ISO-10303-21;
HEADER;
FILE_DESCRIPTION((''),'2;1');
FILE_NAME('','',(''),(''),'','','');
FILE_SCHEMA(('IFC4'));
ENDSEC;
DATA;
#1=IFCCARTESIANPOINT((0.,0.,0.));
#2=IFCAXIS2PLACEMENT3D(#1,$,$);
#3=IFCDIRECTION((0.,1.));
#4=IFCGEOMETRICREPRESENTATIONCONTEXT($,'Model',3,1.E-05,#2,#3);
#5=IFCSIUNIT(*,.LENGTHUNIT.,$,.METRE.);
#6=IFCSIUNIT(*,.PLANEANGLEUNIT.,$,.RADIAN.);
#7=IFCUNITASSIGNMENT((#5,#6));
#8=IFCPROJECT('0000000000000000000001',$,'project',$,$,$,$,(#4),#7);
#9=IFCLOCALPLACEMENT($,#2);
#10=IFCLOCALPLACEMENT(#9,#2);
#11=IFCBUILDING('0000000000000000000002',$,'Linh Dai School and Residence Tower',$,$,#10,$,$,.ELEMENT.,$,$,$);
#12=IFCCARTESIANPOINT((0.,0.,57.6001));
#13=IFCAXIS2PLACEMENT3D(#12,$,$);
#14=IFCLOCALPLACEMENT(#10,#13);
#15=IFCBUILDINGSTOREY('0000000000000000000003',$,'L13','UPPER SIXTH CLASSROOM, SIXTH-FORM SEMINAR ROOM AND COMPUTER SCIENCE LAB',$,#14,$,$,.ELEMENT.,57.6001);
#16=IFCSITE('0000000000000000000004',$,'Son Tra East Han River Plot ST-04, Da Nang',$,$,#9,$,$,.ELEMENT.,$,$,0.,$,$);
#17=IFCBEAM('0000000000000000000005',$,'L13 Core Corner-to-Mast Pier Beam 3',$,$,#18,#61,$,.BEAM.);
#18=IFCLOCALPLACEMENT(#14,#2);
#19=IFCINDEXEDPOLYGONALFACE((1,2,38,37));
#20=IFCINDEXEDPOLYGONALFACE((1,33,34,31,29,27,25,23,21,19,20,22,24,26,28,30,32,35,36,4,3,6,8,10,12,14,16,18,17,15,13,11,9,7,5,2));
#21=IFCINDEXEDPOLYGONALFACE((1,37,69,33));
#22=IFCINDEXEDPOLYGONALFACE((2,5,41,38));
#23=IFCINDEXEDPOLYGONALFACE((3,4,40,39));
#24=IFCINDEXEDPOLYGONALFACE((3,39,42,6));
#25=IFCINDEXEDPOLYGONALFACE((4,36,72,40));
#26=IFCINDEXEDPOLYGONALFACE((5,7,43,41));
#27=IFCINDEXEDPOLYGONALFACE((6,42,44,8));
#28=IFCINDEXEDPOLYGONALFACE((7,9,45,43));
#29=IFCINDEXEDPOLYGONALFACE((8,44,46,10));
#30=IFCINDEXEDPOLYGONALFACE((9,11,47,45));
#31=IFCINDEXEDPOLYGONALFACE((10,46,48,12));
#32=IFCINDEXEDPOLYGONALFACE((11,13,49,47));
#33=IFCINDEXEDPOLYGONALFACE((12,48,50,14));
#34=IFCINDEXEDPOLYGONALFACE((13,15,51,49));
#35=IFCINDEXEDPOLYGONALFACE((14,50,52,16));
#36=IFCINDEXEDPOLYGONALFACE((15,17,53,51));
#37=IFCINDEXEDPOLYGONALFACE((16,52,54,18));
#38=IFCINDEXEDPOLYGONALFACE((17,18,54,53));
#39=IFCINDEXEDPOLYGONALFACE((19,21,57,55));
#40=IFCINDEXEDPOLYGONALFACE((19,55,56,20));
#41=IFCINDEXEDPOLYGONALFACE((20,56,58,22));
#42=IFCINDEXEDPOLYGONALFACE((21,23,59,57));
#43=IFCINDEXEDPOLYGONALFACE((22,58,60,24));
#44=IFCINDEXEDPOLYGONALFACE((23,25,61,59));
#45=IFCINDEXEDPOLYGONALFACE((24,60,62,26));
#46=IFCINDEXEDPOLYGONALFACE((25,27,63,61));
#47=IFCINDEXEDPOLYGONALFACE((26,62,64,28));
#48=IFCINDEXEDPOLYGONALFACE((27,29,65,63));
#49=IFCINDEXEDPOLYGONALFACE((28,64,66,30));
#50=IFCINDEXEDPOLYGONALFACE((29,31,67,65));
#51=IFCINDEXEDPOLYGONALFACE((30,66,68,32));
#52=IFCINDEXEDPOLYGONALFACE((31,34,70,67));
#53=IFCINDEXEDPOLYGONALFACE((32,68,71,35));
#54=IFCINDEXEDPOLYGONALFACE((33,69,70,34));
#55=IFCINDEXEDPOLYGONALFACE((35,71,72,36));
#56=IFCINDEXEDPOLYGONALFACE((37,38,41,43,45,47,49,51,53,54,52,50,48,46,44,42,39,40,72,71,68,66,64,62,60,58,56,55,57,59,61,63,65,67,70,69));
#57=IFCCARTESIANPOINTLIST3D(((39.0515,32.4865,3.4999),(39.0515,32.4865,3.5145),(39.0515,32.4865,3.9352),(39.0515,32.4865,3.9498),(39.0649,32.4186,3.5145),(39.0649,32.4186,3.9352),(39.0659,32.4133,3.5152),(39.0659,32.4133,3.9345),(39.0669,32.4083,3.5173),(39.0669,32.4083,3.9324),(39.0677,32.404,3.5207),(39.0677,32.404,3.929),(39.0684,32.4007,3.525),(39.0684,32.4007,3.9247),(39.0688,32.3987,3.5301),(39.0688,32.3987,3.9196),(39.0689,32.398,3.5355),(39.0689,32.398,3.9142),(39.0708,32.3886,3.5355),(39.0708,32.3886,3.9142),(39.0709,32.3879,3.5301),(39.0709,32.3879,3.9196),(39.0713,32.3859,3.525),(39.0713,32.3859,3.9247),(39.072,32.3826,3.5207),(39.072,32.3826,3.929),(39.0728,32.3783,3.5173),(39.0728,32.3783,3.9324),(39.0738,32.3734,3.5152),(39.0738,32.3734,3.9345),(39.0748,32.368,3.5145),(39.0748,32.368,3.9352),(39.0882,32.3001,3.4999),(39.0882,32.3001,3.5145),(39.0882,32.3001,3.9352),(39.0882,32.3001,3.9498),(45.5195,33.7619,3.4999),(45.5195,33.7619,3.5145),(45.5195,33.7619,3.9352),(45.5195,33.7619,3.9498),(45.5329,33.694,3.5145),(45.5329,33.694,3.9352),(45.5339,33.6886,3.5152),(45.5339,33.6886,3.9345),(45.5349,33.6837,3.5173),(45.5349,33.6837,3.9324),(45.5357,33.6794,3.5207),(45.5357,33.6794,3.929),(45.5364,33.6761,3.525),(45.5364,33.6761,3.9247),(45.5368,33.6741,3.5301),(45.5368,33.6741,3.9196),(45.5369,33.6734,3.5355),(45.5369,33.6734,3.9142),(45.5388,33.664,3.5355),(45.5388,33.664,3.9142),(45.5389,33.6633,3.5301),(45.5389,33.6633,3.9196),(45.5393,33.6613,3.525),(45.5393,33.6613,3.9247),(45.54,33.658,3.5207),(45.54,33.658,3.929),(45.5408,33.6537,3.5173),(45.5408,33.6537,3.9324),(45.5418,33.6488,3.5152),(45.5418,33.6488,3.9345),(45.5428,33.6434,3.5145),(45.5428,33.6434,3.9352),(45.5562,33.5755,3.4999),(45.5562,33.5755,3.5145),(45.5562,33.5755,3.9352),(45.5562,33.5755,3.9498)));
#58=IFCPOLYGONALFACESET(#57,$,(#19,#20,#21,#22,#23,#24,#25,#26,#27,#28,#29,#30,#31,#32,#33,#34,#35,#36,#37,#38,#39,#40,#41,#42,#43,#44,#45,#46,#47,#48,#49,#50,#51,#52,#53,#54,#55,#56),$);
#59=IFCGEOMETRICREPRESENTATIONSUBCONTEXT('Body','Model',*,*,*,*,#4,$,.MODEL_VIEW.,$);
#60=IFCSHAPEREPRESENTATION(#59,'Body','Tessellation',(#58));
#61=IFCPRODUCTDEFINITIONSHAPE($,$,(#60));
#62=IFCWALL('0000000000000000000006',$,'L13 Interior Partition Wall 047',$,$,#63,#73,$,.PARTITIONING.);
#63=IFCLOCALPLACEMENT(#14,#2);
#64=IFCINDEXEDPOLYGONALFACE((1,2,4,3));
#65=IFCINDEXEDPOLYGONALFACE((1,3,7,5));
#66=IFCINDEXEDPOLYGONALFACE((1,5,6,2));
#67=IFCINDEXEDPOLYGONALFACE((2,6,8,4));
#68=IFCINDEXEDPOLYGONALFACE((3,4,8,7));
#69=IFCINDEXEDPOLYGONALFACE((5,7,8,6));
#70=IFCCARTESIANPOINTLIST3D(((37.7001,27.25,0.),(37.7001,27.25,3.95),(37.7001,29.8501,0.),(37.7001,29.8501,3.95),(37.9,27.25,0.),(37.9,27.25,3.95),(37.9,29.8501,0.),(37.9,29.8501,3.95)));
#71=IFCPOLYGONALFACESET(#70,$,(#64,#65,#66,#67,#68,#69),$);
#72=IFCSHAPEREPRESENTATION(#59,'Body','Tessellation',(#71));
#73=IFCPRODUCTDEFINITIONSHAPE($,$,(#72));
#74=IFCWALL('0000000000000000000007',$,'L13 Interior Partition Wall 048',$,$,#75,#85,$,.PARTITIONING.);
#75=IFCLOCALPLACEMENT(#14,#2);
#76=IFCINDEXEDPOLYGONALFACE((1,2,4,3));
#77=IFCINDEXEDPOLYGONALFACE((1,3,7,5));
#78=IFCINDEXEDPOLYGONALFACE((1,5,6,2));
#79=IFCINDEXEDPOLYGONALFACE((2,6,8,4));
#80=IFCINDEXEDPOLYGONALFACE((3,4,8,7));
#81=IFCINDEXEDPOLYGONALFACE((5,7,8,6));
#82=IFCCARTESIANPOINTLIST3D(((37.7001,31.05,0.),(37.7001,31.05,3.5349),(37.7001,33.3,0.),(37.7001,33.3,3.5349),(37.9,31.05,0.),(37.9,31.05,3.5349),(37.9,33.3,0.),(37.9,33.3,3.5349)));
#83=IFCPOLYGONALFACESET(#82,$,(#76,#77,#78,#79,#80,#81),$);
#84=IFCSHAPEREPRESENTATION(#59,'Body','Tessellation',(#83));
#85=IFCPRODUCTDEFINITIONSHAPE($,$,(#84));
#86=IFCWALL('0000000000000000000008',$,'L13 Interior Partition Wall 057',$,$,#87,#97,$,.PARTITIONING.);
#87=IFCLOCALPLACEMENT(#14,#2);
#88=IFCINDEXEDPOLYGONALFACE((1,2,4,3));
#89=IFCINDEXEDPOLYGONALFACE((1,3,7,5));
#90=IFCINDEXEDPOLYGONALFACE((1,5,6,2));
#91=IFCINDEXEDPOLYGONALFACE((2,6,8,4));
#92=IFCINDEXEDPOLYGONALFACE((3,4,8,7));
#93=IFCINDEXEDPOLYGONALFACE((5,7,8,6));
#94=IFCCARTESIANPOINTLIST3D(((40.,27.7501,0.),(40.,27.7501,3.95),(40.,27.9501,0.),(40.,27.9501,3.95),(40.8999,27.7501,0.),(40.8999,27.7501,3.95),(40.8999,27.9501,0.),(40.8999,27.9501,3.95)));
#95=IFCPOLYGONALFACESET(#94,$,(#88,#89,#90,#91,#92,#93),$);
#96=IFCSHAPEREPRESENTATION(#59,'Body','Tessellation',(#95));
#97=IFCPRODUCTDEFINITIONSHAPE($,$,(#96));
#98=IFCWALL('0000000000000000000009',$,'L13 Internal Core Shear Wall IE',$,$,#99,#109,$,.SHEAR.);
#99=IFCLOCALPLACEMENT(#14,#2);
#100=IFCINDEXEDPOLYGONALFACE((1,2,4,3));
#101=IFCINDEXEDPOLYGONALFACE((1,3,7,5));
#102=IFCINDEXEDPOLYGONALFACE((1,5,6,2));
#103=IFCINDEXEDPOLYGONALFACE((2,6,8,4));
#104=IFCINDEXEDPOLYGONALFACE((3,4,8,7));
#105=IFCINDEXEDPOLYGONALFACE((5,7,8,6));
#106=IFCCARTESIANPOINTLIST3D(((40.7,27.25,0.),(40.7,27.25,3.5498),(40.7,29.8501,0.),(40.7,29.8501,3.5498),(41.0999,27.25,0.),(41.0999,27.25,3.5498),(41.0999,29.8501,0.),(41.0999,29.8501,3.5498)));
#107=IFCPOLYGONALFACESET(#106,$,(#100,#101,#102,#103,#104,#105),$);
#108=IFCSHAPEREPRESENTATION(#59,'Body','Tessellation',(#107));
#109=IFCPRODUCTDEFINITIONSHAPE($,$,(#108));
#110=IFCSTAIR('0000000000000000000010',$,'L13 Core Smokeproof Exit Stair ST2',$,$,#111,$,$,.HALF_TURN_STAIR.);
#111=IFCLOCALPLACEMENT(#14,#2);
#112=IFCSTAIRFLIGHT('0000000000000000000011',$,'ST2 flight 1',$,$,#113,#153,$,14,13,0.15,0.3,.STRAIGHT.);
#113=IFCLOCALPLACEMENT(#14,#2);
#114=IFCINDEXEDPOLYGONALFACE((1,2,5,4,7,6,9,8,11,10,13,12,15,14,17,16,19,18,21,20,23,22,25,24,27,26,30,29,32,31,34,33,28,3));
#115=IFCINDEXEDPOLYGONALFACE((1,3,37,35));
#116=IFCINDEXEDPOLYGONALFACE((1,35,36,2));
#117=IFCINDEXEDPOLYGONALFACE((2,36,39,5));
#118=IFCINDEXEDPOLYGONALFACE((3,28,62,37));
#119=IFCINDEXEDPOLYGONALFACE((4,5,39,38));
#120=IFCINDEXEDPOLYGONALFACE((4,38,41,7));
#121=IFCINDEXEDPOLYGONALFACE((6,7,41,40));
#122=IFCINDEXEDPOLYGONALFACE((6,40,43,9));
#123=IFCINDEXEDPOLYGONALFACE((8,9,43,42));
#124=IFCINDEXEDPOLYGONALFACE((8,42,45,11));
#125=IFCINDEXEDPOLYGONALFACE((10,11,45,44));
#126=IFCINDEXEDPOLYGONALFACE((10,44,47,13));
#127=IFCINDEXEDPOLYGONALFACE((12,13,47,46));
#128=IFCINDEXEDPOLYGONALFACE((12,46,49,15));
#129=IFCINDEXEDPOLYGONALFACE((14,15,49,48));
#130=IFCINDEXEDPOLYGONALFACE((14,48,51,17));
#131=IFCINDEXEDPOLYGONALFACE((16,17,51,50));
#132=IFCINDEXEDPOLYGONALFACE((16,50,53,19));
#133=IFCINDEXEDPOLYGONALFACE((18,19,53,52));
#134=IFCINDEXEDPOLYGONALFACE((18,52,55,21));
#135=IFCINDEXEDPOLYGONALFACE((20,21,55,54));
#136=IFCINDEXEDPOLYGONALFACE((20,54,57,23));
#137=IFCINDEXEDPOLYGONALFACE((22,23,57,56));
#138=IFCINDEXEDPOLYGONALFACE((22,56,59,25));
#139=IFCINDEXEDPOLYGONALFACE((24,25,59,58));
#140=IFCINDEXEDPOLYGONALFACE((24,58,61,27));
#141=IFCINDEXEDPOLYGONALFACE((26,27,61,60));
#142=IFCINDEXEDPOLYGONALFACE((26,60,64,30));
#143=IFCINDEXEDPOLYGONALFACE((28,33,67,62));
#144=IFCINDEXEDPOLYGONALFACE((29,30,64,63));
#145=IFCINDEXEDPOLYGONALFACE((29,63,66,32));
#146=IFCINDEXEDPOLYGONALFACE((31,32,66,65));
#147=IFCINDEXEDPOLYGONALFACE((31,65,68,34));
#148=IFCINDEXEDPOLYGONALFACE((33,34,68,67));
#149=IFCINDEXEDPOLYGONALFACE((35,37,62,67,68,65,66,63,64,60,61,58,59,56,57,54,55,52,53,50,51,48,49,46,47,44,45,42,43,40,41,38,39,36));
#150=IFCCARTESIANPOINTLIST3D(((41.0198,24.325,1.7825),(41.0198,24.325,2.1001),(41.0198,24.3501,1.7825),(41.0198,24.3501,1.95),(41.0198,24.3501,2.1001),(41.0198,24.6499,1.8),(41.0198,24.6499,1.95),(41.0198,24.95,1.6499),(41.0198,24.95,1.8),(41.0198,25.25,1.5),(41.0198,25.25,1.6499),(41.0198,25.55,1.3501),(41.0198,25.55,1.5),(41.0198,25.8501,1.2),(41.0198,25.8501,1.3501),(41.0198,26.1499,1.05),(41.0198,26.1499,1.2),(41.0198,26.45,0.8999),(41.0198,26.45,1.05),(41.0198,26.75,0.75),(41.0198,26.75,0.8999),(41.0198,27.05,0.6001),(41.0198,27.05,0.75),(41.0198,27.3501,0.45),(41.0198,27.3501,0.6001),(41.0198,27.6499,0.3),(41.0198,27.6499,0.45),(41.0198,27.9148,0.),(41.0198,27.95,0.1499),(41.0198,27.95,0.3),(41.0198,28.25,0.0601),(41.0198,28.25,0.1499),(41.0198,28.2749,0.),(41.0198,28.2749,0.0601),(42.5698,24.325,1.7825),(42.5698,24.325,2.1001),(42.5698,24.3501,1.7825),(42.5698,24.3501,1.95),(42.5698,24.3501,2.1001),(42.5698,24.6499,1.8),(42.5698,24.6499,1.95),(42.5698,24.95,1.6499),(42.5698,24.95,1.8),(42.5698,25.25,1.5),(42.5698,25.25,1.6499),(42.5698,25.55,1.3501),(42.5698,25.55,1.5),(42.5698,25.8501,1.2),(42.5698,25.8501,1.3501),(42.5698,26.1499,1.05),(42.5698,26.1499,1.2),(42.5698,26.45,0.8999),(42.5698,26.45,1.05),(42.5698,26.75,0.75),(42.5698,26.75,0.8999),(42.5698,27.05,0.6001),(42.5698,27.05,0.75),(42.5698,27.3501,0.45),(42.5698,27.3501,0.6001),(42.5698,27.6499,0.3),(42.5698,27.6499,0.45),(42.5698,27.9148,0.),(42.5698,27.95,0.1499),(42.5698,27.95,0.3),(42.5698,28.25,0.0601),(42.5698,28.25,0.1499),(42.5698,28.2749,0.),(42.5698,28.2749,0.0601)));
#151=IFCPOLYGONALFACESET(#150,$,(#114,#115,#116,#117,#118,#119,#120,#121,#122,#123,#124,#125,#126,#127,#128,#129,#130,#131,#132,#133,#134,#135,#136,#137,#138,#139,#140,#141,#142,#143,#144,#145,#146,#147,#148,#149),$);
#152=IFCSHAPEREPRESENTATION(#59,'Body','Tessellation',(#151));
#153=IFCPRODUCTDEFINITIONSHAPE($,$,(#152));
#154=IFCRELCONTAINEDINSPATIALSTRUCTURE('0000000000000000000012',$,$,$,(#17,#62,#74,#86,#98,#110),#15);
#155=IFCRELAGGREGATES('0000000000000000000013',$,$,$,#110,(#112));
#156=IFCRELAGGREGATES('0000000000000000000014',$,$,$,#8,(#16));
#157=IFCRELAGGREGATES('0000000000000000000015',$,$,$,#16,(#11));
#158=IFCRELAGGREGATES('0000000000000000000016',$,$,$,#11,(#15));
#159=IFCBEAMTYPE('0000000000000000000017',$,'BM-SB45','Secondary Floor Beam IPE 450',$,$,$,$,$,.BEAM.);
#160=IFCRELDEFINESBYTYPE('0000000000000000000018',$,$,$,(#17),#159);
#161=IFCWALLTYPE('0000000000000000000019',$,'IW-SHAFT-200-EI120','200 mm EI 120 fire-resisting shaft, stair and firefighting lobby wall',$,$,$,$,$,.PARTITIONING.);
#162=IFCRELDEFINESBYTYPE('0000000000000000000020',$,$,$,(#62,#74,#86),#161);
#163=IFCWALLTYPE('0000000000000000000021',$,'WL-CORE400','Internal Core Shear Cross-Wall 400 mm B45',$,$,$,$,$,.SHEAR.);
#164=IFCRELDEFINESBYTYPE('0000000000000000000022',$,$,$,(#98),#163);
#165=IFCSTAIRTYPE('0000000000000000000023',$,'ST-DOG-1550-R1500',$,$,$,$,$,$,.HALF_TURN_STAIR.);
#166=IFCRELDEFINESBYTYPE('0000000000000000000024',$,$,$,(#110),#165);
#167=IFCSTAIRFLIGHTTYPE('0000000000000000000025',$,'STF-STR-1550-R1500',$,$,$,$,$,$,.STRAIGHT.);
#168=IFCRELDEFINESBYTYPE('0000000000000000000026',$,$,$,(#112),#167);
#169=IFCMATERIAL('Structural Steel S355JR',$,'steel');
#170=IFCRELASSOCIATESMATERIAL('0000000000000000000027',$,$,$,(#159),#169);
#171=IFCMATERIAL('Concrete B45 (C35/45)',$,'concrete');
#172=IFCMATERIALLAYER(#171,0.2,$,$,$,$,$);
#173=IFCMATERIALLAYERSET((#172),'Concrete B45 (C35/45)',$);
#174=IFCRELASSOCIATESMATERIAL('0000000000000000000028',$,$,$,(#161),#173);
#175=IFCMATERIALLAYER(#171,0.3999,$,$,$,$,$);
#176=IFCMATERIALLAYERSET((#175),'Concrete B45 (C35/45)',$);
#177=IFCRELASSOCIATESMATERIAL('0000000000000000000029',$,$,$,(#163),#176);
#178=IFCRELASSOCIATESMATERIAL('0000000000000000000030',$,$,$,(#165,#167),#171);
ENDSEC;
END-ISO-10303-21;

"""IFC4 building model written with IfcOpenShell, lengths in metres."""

from ifc_helpers import new_model, si_unit, direction, frame, frame_2d, origin, origin_2d, place, context, subcontext, project, spatial, polyline, rectangle, i_section, outline, extrude, source, transform, mapped, material, layer, layer_set, material_profile, profile_set, type_object, element, aggregate, save


model = new_model("IFC4")

# Units and contexts
model_context = context("Model", 3, precision=1e-05, world=origin(), true_north=direction((0.0, 1.0)))
body_context = subcontext(model_context, "Body", "Model", "MODEL_VIEW")
ifc_project = project(units=[si_unit("LENGTHUNIT", "METRE"), si_unit("PLANEANGLEUNIT", "RADIAN")], contexts=[model_context])

# Site, building, storey
site_placement = place(None, origin())
site = spatial("IfcSite", under=ifc_project, at=site_placement, Name="Son Tra East Han River Plot ST-04, Da Nang", CompositionType="ELEMENT", RefElevation=0.0)
building_placement = place(site_placement, origin())
building = spatial("IfcBuilding", under=site, at=building_placement, Name="Linh Dai School and Residence Tower", CompositionType="ELEMENT")
storey_placement = place(building_placement, frame((0.0, 0.0, 57.6001)))
storey = spatial("IfcBuildingStorey", under=building, at=storey_placement, Name="L13", Description="UPPER SIXTH CLASSROOM, SIXTH-FORM SEMINAR ROOM AND COMPUTER SCIENCE LAB", CompositionType="ELEMENT", Elevation=57.6001)

# Shared definitions
ifc_material_1 = material(Name="Structural Steel S355JR", Category="steel")

# Beam
ifc_material_profile_1 = material_profile(ifc_material_1, i_section(OverallWidth=0.1899, OverallDepth=0.45, WebThickness=0.0095, FlangeThickness=0.0146, FilletRadius=0.021, at=origin_2d()), Name="IPE 450")
ifc_profile_set_1 = profile_set([ifc_material_profile_1], Name="Structural Steel S355JR")
beam_type_1 = type_object("IfcBeamType", Name="BM-SB45", Description="Secondary Floor Beam IPE 450", PredefinedType="BEAM", material=ifc_profile_set_1)
beam_1_placement = place(storey_placement, frame((45.5378, 33.6687, 3.7249), z_axis=(-0.981108, -0.193459, 0.0), x_axis=(0.193459, -0.981108, 0.0)))
element("IfcBeam", 1, at=beam_1_placement, inside=storey, type_object=beam_type_1, Name="L13 Core Corner-to-Mast Pier Beam 3", PredefinedType="BEAM", context=body_context, shape_type="SweptSolid", body=[
    extrude(i_section(OverallWidth=0.1899, OverallDepth=0.45, WebThickness=0.0095, FlangeThickness=0.0146, FilletRadius=0.021, at=origin_2d()), origin(), (0.0, 0.0, 1.0), 6.5925),
])

# Walls
ifc_material_2 = material(Name="Concrete B45 (C35/45)", Category="concrete")
ifc_layer_1 = layer(ifc_material_2, 0.2)
ifc_layer_set_1 = layer_set([ifc_layer_1], Name="Concrete B45 (C35/45)")
wall_type_1 = type_object("IfcWallType", Name="IW-SHAFT-200-EI120", Description="200 mm EI 120 fire-resisting shaft, stair and firefighting lobby wall", PredefinedType="PARTITIONING", material=ifc_layer_set_1)
wall_1_placement = place(storey_placement, frame((37.8, 27.25, 0.0), z_axis=(0.0, 0.0, 1.0), x_axis=(0.0, 1.0, 0.0)))
element("IfcWall", 2, at=wall_1_placement, inside=storey, type_object=wall_type_1, Name="L13 Interior Partition Wall 047", PredefinedType="PARTITIONING", context=body_context, shape_type="SweptSolid", body=[
    extrude(rectangle(XDim=2.6001, YDim=0.2, at=frame_2d((1.3, 0.0))), origin(), (0.0, 0.0, 1.0), 3.95),
])
wall_2_placement = place(storey_placement, frame((37.8, 31.05, 0.0), z_axis=(0.0, 0.0, 1.0), x_axis=(0.0, 1.0, 0.0)))
element("IfcWall", 3, at=wall_2_placement, inside=storey, type_object=wall_type_1, Name="L13 Interior Partition Wall 048", PredefinedType="PARTITIONING", context=body_context, shape_type="SweptSolid", body=[
    extrude(rectangle(XDim=2.25, YDim=0.2, at=frame_2d((1.125, 0.0))), origin(), (0.0, 0.0, 1.0), 3.5349),
])
wall_3_placement = place(storey_placement, frame((40.0, 27.8501, 0.0), z_axis=(0.0, 0.0, 1.0), x_axis=(1.0, 0.0, 0.0)))
element("IfcWall", 4, at=wall_3_placement, inside=storey, type_object=wall_type_1, Name="L13 Interior Partition Wall 057", PredefinedType="PARTITIONING", context=body_context, shape_type="SweptSolid", body=[
    extrude(rectangle(XDim=0.8999, YDim=0.2, at=frame_2d((0.45, 0.0))), origin(), (0.0, 0.0, 1.0), 3.95),
])
ifc_layer_2 = layer(ifc_material_2, 0.3999)
ifc_layer_set_2 = layer_set([ifc_layer_2], Name="Concrete B45 (C35/45)")
wall_type_2 = type_object("IfcWallType", Name="WL-CORE400", Description="Internal Core Shear Cross-Wall 400 mm B45", PredefinedType="SHEAR", material=ifc_layer_set_2)
wall_4_placement = place(storey_placement, frame((40.8999, 27.25, 0.0), z_axis=(0.0, 0.0, 1.0), x_axis=(0.0, 1.0, 0.0)))
element("IfcWall", 5, at=wall_4_placement, inside=storey, type_object=wall_type_2, Name="L13 Internal Core Shear Wall IE", PredefinedType="SHEAR", context=body_context, shape_type="SweptSolid", body=[
    extrude(rectangle(XDim=2.6001, YDim=0.3999, at=frame_2d((1.3, 0.0))), origin(), (0.0, 0.0, 1.0), 3.5498),
])

# Stair, stair flight
stair_type = type_object("IfcStairType", Name="ST-DOG-1550-R1500", PredefinedType="HALF_TURN_STAIR", material=ifc_material_2)
stair_placement = place(storey_placement, origin())
stair = element("IfcStair", 6, at=stair_placement, inside=storey, type_object=stair_type, Name="L13 Core Smokeproof Exit Stair ST2", PredefinedType="HALF_TURN_STAIR")
stair_flight_type = type_object("IfcStairFlightType", Name="STF-STR-1550-R1500", PredefinedType="STRAIGHT", material=ifc_material_2)
shared_shape_1 = source(origin(), body_context, "Body", "SweptSolid", [
    extrude(outline(polyline([(-0.0249, 0.0), (-0.0249, 0.0601), (0.0, 0.0601), (0.0, 0.1499), (0.3, 0.1499), (0.3, 0.3), (0.6001, 0.3), (0.6001, 0.45), (0.8999, 0.45), (0.8999, 0.6001), (1.2, 0.6001), (1.2, 0.75), (1.5, 0.75), (1.5, 0.8999), (1.8, 0.8999), (1.8, 1.05), (2.1001, 1.05), (2.1001, 1.2), (2.3999, 1.2), (2.3999, 1.3501), (2.7, 1.3501), (2.7, 1.5), (3.0, 1.5), (3.0, 1.6499), (3.3, 1.6499), (3.3, 1.8), (3.6001, 1.8), (3.6001, 1.95), (3.8999, 1.95), (3.8999, 2.1001), (3.925, 2.1001), (3.925, 1.7825), (3.8999, 1.7825), (0.3352, 0.0), (-0.0249, 0.0)])), frame((0.0, 0.7749, 0.0), z_axis=(0.0, -1.0, 0.0), x_axis=(1.0, 0.0, 0.0)), (0.0, 0.0, 1.0), 1.55),
])
stair_flight_placement = place(storey_placement, frame((41.7949, 28.25, 0.0), z_axis=(0.0, 0.0, 1.0), x_axis=(0.0, -1.0, 0.0)))
stair_flight = element("IfcStairFlight", 7, at=stair_flight_placement, type_object=stair_flight_type, Name="ST2 flight 1", NumberOfRisers=14, NumberOfTreads=13, PredefinedType="STRAIGHT", RiserHeight=0.15, TreadLength=0.3, context=body_context, shape_type="MappedRepresentation", body=[
    mapped(shared_shape_1, transform((0.0, 0.0, 0.0), x_axis=(1.0, 0.0, 0.0), y_axis=(0.0, 1.0, 0.0), z_axis=(0.0, 0.0, 1.0), scale=1.0)),
])
aggregate(stair, [stair_flight])

save(model, "model.ifc")
